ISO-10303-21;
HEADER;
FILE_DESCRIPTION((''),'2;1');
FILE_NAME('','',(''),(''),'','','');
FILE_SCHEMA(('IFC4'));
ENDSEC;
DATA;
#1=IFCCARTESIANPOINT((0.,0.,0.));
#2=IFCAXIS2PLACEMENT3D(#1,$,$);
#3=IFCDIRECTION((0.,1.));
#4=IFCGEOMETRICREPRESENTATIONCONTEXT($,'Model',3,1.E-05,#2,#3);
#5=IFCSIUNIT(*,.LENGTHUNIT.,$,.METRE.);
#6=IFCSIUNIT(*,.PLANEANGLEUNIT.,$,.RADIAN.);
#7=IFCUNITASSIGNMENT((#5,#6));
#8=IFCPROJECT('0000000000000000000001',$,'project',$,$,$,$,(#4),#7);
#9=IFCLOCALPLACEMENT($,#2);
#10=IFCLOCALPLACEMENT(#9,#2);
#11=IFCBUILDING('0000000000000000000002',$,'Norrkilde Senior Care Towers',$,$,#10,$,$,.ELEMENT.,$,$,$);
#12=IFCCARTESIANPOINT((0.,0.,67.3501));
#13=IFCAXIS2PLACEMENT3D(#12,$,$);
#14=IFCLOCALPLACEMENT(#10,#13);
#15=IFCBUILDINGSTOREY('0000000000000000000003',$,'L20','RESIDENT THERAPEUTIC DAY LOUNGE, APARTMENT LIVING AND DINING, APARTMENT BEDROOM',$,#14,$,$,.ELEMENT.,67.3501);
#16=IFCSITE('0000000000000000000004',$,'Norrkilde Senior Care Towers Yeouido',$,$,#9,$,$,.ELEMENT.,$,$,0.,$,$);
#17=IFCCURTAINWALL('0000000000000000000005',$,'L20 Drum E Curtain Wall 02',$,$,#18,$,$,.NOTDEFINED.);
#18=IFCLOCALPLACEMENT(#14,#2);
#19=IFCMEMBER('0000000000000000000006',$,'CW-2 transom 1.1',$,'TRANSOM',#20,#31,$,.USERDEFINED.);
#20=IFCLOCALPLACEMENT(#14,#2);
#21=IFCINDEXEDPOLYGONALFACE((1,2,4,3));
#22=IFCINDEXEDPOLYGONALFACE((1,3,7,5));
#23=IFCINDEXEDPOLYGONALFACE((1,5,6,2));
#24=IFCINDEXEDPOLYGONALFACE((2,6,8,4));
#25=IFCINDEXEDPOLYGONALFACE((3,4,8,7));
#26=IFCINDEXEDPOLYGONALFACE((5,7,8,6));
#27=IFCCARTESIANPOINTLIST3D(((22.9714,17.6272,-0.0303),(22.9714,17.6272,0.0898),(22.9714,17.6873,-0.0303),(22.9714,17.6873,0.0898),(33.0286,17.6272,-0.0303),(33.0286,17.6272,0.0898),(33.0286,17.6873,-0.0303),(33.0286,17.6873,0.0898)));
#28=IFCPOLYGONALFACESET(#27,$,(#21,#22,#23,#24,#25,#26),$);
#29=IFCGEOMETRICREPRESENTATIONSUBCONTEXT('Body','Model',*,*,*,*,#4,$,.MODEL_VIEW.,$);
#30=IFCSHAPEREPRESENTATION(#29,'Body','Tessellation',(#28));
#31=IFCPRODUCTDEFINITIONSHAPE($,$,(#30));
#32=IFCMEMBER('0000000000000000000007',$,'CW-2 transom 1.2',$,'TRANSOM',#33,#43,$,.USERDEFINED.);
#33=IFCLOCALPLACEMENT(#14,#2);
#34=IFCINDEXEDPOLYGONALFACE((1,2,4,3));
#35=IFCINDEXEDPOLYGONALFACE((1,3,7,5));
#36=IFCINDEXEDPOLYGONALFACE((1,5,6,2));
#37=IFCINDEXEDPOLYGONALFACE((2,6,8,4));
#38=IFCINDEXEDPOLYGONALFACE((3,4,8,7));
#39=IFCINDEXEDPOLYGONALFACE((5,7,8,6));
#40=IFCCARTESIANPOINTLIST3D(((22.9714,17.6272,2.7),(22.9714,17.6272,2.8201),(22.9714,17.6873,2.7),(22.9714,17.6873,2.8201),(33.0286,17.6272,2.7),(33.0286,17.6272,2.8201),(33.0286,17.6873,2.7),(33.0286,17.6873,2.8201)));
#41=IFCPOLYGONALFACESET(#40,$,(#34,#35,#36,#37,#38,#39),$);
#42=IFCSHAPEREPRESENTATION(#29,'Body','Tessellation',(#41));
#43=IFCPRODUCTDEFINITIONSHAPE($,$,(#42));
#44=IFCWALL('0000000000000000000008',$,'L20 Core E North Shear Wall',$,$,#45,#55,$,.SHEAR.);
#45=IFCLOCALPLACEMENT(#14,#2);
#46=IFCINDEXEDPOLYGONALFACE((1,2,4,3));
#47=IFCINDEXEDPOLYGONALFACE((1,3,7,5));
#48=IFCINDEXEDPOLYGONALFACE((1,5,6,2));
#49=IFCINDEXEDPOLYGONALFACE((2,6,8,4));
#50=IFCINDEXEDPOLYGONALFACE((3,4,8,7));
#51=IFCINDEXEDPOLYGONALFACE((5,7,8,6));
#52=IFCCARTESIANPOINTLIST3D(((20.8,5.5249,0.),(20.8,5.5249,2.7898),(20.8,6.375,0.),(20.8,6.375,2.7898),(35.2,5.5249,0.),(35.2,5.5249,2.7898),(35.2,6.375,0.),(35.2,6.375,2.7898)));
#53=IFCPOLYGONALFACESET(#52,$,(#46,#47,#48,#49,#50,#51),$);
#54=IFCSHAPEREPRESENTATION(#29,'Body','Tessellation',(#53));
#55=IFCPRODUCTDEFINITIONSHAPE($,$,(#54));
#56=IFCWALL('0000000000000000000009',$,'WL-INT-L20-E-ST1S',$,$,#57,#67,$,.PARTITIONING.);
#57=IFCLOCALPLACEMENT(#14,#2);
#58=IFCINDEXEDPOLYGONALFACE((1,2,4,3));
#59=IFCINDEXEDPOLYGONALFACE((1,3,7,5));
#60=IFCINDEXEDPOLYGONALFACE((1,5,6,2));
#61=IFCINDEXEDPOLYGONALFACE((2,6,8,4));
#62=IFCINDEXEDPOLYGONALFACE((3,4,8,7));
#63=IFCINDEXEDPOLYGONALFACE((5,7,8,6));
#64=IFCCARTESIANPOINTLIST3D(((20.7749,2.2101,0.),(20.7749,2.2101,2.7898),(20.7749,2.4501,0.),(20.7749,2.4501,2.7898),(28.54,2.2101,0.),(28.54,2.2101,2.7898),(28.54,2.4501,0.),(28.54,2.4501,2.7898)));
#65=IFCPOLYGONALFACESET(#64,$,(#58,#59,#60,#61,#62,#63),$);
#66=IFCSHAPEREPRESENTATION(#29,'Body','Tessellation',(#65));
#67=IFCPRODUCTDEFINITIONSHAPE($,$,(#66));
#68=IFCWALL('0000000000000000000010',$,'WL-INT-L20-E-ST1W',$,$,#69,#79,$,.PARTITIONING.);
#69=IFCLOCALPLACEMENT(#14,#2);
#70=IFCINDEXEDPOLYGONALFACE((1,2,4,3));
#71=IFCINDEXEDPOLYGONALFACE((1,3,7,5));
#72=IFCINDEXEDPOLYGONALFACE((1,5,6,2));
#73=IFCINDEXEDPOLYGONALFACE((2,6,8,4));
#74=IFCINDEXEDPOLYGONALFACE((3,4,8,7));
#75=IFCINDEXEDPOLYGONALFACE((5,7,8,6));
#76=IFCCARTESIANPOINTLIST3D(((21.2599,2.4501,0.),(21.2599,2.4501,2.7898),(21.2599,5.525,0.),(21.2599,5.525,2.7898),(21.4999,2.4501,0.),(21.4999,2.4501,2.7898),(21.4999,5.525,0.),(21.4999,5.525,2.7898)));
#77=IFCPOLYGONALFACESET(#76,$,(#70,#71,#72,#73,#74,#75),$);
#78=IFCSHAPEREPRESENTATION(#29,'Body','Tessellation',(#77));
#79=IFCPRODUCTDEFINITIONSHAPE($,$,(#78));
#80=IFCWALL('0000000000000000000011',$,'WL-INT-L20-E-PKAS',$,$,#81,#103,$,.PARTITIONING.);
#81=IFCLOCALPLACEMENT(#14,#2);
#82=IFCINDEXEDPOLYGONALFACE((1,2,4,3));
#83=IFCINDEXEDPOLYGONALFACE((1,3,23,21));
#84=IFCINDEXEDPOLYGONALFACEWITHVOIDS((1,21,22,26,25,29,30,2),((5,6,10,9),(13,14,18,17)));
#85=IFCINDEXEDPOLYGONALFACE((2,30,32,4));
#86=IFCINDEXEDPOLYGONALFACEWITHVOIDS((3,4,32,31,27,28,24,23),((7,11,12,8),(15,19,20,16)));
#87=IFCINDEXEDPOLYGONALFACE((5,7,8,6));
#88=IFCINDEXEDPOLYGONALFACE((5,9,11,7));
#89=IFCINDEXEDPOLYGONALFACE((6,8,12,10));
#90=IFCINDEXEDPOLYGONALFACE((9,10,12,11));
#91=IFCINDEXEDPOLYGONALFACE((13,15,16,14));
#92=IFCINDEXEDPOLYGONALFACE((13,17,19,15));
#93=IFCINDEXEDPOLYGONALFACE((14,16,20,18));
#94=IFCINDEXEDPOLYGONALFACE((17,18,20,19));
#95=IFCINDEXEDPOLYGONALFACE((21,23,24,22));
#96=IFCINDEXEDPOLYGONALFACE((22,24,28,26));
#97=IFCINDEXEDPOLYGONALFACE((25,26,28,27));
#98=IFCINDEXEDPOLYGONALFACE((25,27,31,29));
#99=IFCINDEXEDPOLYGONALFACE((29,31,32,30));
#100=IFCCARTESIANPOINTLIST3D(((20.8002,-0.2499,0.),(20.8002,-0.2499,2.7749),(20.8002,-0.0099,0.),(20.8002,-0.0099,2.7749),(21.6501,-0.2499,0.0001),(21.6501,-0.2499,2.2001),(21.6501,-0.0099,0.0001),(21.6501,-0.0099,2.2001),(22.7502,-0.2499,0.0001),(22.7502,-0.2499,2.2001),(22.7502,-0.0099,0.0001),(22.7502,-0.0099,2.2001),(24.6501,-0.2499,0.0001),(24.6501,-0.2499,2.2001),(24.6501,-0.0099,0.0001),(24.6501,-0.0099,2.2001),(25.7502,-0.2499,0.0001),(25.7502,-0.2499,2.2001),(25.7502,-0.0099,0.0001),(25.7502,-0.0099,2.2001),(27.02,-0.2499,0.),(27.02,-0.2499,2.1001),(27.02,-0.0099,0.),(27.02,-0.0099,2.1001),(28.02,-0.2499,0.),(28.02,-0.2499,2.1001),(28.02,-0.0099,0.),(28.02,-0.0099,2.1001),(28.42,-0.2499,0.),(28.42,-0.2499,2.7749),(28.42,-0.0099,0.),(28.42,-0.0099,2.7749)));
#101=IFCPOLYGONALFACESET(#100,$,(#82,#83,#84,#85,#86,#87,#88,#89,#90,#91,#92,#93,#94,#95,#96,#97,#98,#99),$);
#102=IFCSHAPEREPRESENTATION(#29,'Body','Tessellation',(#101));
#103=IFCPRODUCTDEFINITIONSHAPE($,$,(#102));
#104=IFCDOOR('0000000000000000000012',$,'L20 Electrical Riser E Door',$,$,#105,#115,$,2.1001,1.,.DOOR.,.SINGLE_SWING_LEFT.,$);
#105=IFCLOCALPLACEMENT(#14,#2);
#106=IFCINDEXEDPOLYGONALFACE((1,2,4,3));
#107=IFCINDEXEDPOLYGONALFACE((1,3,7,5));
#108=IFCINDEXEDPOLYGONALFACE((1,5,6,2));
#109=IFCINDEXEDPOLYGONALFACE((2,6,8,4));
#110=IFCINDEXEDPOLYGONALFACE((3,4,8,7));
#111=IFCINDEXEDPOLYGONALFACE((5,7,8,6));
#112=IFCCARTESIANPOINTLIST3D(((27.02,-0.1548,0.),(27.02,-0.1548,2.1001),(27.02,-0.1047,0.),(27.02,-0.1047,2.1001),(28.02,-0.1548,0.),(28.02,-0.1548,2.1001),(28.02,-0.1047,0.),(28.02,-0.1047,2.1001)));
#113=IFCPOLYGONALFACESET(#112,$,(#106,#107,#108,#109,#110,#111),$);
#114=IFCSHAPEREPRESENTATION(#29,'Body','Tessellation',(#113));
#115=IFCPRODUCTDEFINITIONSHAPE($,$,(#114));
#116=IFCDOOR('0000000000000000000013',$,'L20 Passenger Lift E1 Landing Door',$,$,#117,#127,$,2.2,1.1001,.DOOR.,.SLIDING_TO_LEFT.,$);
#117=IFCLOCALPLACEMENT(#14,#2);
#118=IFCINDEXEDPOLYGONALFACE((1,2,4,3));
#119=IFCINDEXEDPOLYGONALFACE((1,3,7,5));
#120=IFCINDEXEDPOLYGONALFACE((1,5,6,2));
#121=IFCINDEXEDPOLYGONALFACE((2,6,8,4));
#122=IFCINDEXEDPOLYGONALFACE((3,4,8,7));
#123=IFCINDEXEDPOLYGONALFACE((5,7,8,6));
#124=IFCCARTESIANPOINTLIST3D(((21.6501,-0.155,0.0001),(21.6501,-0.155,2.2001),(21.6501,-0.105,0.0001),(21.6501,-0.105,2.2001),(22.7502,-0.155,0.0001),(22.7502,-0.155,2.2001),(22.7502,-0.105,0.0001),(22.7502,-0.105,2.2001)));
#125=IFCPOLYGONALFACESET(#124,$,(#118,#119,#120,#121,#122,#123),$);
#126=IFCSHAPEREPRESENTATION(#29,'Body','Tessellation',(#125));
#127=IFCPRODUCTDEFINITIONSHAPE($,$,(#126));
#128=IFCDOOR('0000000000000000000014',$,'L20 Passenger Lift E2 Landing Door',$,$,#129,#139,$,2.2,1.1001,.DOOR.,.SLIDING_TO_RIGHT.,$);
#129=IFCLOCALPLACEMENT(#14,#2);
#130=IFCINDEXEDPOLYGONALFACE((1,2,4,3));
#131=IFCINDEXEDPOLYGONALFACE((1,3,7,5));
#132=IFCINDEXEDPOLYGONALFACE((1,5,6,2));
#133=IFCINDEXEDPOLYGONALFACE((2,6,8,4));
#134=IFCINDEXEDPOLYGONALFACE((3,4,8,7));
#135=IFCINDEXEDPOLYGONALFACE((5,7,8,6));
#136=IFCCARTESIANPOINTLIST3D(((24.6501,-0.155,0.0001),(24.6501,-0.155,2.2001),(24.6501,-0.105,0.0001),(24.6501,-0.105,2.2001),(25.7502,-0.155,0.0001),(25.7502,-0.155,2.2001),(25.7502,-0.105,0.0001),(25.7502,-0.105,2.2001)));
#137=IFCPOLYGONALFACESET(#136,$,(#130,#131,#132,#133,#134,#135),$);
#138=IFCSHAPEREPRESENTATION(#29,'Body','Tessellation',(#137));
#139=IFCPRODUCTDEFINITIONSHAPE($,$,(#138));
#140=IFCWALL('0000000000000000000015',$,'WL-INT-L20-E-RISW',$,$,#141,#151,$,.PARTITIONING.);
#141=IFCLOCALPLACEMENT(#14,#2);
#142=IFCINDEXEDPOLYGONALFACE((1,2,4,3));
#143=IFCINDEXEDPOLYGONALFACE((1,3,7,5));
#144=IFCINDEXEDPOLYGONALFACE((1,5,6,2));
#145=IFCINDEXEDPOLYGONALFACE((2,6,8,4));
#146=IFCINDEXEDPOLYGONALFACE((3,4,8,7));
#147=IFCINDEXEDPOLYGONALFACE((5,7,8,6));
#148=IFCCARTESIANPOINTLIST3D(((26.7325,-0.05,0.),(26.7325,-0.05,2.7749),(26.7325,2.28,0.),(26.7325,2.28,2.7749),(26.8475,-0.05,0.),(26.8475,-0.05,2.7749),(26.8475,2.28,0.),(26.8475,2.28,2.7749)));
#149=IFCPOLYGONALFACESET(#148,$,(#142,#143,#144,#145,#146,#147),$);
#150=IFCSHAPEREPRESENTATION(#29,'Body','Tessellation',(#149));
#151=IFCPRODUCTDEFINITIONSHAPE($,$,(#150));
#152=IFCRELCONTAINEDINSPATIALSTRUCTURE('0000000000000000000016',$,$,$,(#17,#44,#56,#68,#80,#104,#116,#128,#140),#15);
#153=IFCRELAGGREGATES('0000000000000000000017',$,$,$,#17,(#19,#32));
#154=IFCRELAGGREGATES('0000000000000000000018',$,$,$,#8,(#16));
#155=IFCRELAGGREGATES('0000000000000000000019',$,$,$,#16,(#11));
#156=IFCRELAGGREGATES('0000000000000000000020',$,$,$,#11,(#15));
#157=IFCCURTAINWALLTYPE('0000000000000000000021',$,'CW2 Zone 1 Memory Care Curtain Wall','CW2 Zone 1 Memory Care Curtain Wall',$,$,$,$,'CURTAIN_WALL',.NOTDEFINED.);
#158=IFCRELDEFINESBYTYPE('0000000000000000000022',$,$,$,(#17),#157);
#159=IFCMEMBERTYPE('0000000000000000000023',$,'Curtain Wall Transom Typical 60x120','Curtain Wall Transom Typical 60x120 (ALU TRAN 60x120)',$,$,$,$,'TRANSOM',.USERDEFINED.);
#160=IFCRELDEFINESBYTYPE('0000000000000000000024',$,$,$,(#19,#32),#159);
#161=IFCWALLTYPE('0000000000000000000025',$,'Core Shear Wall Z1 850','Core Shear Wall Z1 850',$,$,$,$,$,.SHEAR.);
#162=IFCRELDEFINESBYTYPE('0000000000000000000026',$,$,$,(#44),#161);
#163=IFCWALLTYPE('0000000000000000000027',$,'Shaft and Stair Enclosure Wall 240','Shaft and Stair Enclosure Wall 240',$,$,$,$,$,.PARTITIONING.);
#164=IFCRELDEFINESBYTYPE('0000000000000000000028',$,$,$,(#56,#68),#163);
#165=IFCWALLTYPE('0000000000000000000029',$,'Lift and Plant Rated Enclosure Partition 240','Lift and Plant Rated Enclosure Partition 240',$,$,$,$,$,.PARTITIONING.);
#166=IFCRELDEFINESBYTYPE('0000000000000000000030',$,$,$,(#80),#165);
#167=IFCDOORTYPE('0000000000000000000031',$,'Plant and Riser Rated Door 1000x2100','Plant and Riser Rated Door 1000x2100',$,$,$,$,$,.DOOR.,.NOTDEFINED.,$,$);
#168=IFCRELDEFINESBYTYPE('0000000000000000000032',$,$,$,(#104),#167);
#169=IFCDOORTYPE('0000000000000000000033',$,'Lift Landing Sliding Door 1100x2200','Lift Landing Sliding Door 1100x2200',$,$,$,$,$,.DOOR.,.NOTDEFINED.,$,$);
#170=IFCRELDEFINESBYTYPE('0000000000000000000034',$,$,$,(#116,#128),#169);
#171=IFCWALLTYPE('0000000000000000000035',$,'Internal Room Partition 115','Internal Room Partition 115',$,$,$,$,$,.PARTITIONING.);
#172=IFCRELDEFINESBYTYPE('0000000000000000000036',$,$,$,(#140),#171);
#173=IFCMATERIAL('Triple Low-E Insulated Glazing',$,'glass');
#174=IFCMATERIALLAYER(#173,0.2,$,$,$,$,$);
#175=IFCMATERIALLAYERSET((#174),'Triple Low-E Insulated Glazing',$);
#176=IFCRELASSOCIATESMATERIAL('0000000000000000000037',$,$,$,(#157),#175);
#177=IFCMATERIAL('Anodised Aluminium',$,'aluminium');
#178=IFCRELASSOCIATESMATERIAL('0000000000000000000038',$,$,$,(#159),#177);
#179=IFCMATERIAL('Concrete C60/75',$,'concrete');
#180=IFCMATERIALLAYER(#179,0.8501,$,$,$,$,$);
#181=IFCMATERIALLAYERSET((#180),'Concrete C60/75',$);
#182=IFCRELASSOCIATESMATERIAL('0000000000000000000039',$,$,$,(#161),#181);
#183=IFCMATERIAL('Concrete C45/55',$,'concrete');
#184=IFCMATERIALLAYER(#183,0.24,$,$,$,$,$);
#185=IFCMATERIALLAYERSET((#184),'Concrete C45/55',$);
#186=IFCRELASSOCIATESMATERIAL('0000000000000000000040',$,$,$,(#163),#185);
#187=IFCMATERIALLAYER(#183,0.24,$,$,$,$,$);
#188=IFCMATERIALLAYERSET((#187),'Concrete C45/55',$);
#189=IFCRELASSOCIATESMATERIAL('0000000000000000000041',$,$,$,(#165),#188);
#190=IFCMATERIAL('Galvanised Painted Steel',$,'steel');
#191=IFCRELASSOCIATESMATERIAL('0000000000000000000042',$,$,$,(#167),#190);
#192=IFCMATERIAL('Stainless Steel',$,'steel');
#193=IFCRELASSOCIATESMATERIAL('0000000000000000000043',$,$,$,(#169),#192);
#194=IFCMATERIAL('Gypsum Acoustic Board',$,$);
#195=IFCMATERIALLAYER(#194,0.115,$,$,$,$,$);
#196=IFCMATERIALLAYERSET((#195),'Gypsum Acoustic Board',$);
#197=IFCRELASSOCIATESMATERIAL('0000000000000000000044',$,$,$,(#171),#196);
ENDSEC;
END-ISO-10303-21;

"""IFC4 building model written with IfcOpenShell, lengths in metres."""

from ifc_helpers import new_model, si_unit, direction, frame, frame_2d, origin, origin_2d, place, context, subcontext, project, spatial, rectangle, extrude, source, transform, mapped, material, layer, layer_set, material_profile, profile_set, type_object, type_shapes, element, fill, aggregate, save


model = new_model("IFC4")

# Units and contexts
model_context = context("Model", 3, precision=1e-05, world=origin(), true_north=direction((0.0, 1.0)))
body_context = subcontext(model_context, "Body", "Model", "MODEL_VIEW")
ifc_project = project(units=[si_unit("LENGTHUNIT", "METRE"), si_unit("PLANEANGLEUNIT", "RADIAN")], contexts=[model_context])

# Site, building, storey
site_placement = place(None, origin())
site = spatial("IfcSite", under=ifc_project, at=site_placement, Name="Norrkilde Senior Care Towers Yeouido", CompositionType="ELEMENT", RefElevation=0.0)
building_placement = place(site_placement, origin())
building = spatial("IfcBuilding", under=site, at=building_placement, Name="Norrkilde Senior Care Towers", CompositionType="ELEMENT")
storey_placement = place(building_placement, frame((0.0, 0.0, 67.3501)))
storey = spatial("IfcBuildingStorey", under=building, at=storey_placement, Name="L20", Description="RESIDENT THERAPEUTIC DAY LOUNGE, APARTMENT LIVING AND DINING, APARTMENT BEDROOM", CompositionType="ELEMENT", Elevation=67.3501)

# Shared definitions
ifc_material_1 = material(Name="Concrete C60/75", Category="concrete")

# Curtain wall
ifc_material_2 = material(Name="Triple Low-E Insulated Glazing", Category="glass")
ifc_layer_1 = layer(ifc_material_2, 0.2)
ifc_layer_set_1 = layer_set([ifc_layer_1], Name="Triple Low-E Insulated Glazing")
curtain_wall_type = type_object("IfcCurtainWallType", Name="CW2 Zone 1 Memory Care Curtain Wall", Description="CW2 Zone 1 Memory Care Curtain Wall", ElementType="CURTAIN_WALL", PredefinedType="NOTDEFINED", material=ifc_layer_set_1)
curtain_wall_1_placement = place(storey_placement, origin())
curtain_wall_1 = element("IfcCurtainWall", 1, at=curtain_wall_1_placement, inside=storey, type_object=curtain_wall_type, Name="L20 Drum E Curtain Wall 02", PredefinedType="NOTDEFINED")
ifc_material_3 = material(Name="Anodised Aluminium", Category="aluminium")

# Members
ifc_material_profile_1 = material_profile(ifc_material_3, rectangle(XDim=0.0601, YDim=0.1201, at=origin_2d()), Name="ALU TRAN 60x120")
ifc_profile_set_1 = profile_set([ifc_material_profile_1], Name="Anodised Aluminium")
member_type_1 = type_object("IfcMemberType", Name="Curtain Wall Transom Typical 60x120", Description="Curtain Wall Transom Typical 60x120 (ALU TRAN 60x120)", ElementType="TRANSOM", PredefinedType="USERDEFINED", material=ifc_profile_set_1)
shared_shape_1 = source(origin(), body_context, "Body", "SweptSolid", [
    extrude(rectangle(XDim=0.0601, YDim=0.1201, at=origin_2d()), origin(), (0.0, 0.0, 1.0), 10.0571),
])
type_shapes(member_type_1, [shared_shape_1])
member_1_placement = place(storey_placement, frame((22.9714, 17.6572, 0.0298), z_axis=(1.0, 0.0, 0.0), x_axis=(0.0, 1.0, 0.0)))
member_1 = element("IfcMember", 2, at=member_1_placement, type_object=member_type_1, Name="CW-2 transom 1.1", ObjectType="TRANSOM", PredefinedType="USERDEFINED", context=body_context, shape_type="MappedRepresentation", body=[
    mapped(shared_shape_1, transform((0.0, 0.0, 0.0), x_axis=(1.0, 0.0, 0.0), y_axis=(0.0, 1.0, 0.0), z_axis=(0.0, 0.0, 1.0), scale=1.0)),
])
member_2_placement = place(storey_placement, frame((22.9714, 17.6572, 2.76), z_axis=(1.0, 0.0, 0.0), x_axis=(0.0, 1.0, 0.0)))
member_2 = element("IfcMember", 3, at=member_2_placement, type_object=member_type_1, Name="CW-2 transom 1.2", ObjectType="TRANSOM", PredefinedType="USERDEFINED", context=body_context, shape_type="MappedRepresentation", body=[
    mapped(shared_shape_1, transform((0.0, 0.0, 0.0), x_axis=(1.0, 0.0, 0.0), y_axis=(0.0, 1.0, 0.0), z_axis=(0.0, 0.0, 1.0), scale=1.0)),
])
aggregate(curtain_wall_1, [member_1, member_2])

# Walls
ifc_layer_2 = layer(ifc_material_1, 0.8501)
ifc_layer_set_2 = layer_set([ifc_layer_2], Name="Concrete C60/75")
wall_type_1 = type_object("IfcWallType", Name="Core Shear Wall Z1 850", Description="Core Shear Wall Z1 850", PredefinedType="SHEAR", material=ifc_layer_set_2)
shared_shape_2 = source(origin(), body_context, "Body", "SweptSolid", [
    extrude(rectangle(XDim=14.3999, YDim=0.8501, at=frame_2d((7.2, 0.0))), origin(), (0.0, 0.0, 1.0), 2.7898),
])
type_shapes(wall_type_1, [shared_shape_2])
wall_1_placement = place(storey_placement, frame((20.8, 5.95, 0.0), z_axis=(0.0, 0.0, 1.0), x_axis=(1.0, 0.0, 0.0)))
element("IfcWall", 4, at=wall_1_placement, inside=storey, type_object=wall_type_1, Name="L20 Core E North Shear Wall", PredefinedType="SHEAR", context=body_context, shape_type="MappedRepresentation", body=[
    mapped(shared_shape_2, transform((0.0, 0.0, 0.0), x_axis=(1.0, 0.0, 0.0), y_axis=(0.0, 1.0, 0.0), z_axis=(0.0, 0.0, 1.0), scale=1.0)),
])
ifc_material_4 = material(Name="Concrete C45/55", Category="concrete")
ifc_layer_3 = layer(ifc_material_4, 0.24)
ifc_layer_set_3 = layer_set([ifc_layer_3], Name="Concrete C45/55")
wall_type_2 = type_object("IfcWallType", Name="Shaft and Stair Enclosure Wall 240", Description="Shaft and Stair Enclosure Wall 240", PredefinedType="PARTITIONING", material=ifc_layer_set_3)
shared_shape_3 = source(origin(), body_context, "Body", "SweptSolid", [
    extrude(rectangle(XDim=7.7651, YDim=0.24, at=frame_2d((3.8826, 0.0))), origin(), (0.0, 0.0, 1.0), 2.7898),
])
wall_2_placement = place(storey_placement, frame((20.7749, 2.3301, 0.0), z_axis=(0.0, 0.0, 1.0), x_axis=(1.0, 0.0, 0.0)))
element("IfcWall", 5, at=wall_2_placement, inside=storey, type_object=wall_type_2, Name="WL-INT-L20-E-ST1S", PredefinedType="PARTITIONING", context=body_context, shape_type="MappedRepresentation", body=[
    mapped(shared_shape_3, transform((0.0, 0.0, 0.0), x_axis=(1.0, 0.0, 0.0), y_axis=(0.0, 1.0, 0.0), z_axis=(0.0, 0.0, 1.0), scale=1.0)),
])
shared_shape_4 = source(origin(), body_context, "Body", "SweptSolid", [
    extrude(rectangle(XDim=3.075, YDim=0.24, at=frame_2d((1.5376, 0.0))), origin(), (0.0, 0.0, 1.0), 2.7898),
])
type_shapes(wall_type_2, [shared_shape_3, shared_shape_4])
wall_3_placement = place(storey_placement, frame((21.3799, 2.45, 0.0), z_axis=(0.0, 0.0, 1.0), x_axis=(0.0, 1.0, 0.0)))
element("IfcWall", 6, at=wall_3_placement, inside=storey, type_object=wall_type_2, Name="WL-INT-L20-E-ST1W", PredefinedType="PARTITIONING", context=body_context, shape_type="MappedRepresentation", body=[
    mapped(shared_shape_4, transform((0.0, 0.0, 0.0), x_axis=(1.0, 0.0, 0.0), y_axis=(0.0, 1.0, 0.0), z_axis=(0.0, 0.0, 1.0), scale=1.0)),
])

# Wall, openings, doors
ifc_layer_4 = layer(ifc_material_4, 0.24)
ifc_layer_set_4 = layer_set([ifc_layer_4], Name="Concrete C45/55")
wall_type_3 = type_object("IfcWallType", Name="Lift and Plant Rated Enclosure Partition 240", Description="Lift and Plant Rated Enclosure Partition 240", PredefinedType="PARTITIONING", material=ifc_layer_set_4)
shared_shape_5 = source(origin(), body_context, "Body", "SweptSolid", [
    extrude(rectangle(XDim=7.6199, YDim=0.24, at=frame_2d((3.8101, 0.0))), origin(), (0.0, 0.0, 1.0), 2.7749),
])
type_shapes(wall_type_3, [shared_shape_5])
wall_4_placement = place(storey_placement, frame((20.8, -0.1299, 0.0), z_axis=(0.0, 0.0, 1.0), x_axis=(1.0, 0.0, 0.0)))
wall_4 = element("IfcWall", 7, at=wall_4_placement, inside=storey, type_object=wall_type_3, Name="WL-INT-L20-E-PKAS", PredefinedType="PARTITIONING", context=body_context, shape_type="MappedRepresentation", body=[
    mapped(shared_shape_5, transform((0.0, 0.0, 0.0), x_axis=(1.0, 0.0, 0.0), y_axis=(0.0, 1.0, 0.0), z_axis=(0.0, 0.0, 1.0), scale=1.0)),
])
opening_1_placement = place(wall_4_placement, frame((6.22, 0.0, 0.0)))
opening_1 = element("IfcOpeningElement", 8, at=opening_1_placement, cuts=wall_4, PredefinedType="OPENING", context=body_context, shape_type="SweptSolid", body=[
    extrude(rectangle(XDim=1.0, YDim=2.1001, at=frame_2d((0.5, 1.05))), frame((0.0, 0.1299, 0.0), z_axis=(0.0, -1.0, 0.0), x_axis=(1.0, 0.0, 0.0)), (0.0, 0.0, 1.0), 0.26),
])
opening_2_placement = place(wall_4_placement, frame((0.8501, 0.0, 0.0)))
opening_2 = element("IfcOpeningElement", 9, at=opening_2_placement, cuts=wall_4, PredefinedType="OPENING", context=body_context, shape_type="SweptSolid", body=[
    extrude(rectangle(XDim=1.1001, YDim=2.2, at=frame_2d((0.55, 1.1001))), frame((0.0, 0.1299, 0.0), z_axis=(0.0, -1.0, 0.0), x_axis=(1.0, 0.0, 0.0)), (0.0, 0.0, 1.0), 0.26),
])
opening_3_placement = place(wall_4_placement, frame((3.8501, 0.0, 0.0)))
opening_3 = element("IfcOpeningElement", 10, at=opening_3_placement, cuts=wall_4, PredefinedType="OPENING", context=body_context, shape_type="SweptSolid", body=[
    extrude(rectangle(XDim=1.1001, YDim=2.2, at=frame_2d((0.55, 1.1001))), frame((0.0, 0.1299, 0.0), z_axis=(0.0, -1.0, 0.0), x_axis=(1.0, 0.0, 0.0)), (0.0, 0.0, 1.0), 0.26),
])
ifc_material_5 = material(Name="Galvanised Painted Steel", Category="steel")
door_type_1 = type_object("IfcDoorType", Name="Plant and Riser Rated Door 1000x2100", Description="Plant and Riser Rated Door 1000x2100", OperationType="NOTDEFINED", PredefinedType="DOOR", material=ifc_material_5)
shared_shape_6 = source(origin(), body_context, "Body", "SweptSolid", [
    extrude(rectangle(XDim=1.0, YDim=2.1001, at=frame_2d((0.5, 1.05))), frame((0.0, 0.0249, 0.0), z_axis=(0.0, -1.0, 0.0), x_axis=(1.0, 0.0, 0.0)), (0.0, 0.0, 1.0), 0.05),
])
type_shapes(door_type_1, [shared_shape_6])
door_1_placement = place(opening_1_placement, frame((1.0, 0.0, 0.0), z_axis=(0.0, 0.0, 1.0), x_axis=(-1.0, 0.0, 0.0)))
door_1 = element("IfcDoor", 11, at=door_1_placement, inside=storey, type_object=door_type_1, Name="L20 Electrical Riser E Door", OperationType="SINGLE_SWING_LEFT", OverallHeight=2.1001, OverallWidth=1.0, PredefinedType="DOOR", context=body_context, shape_type="MappedRepresentation", body=[
    mapped(shared_shape_6, transform((0.0, 0.0, 0.0), x_axis=(1.0, 0.0, 0.0), y_axis=(0.0, 1.0, 0.0), z_axis=(0.0, 0.0, 1.0), scale=1.0)),
])
fill(opening_1, door_1)
ifc_material_6 = material(Name="Stainless Steel", Category="steel")
door_type_2 = type_object("IfcDoorType", Name="Lift Landing Sliding Door 1100x2200", Description="Lift Landing Sliding Door 1100x2200", OperationType="NOTDEFINED", PredefinedType="DOOR", material=ifc_material_6)
shared_shape_7 = source(origin(), body_context, "Body", "SweptSolid", [
    extrude(rectangle(XDim=1.1001, YDim=2.2, at=frame_2d((0.55, 1.1001))), frame((0.0, 0.0249, 0.0), z_axis=(0.0, -1.0, 0.0), x_axis=(1.0, 0.0, 0.0)), (0.0, 0.0, 1.0), 0.05),
])
type_shapes(door_type_2, [shared_shape_7])
door_2_placement = place(opening_2_placement, origin())
door_2 = element("IfcDoor", 12, at=door_2_placement, inside=storey, type_object=door_type_2, Name="L20 Passenger Lift E1 Landing Door", OperationType="SLIDING_TO_LEFT", OverallHeight=2.2, OverallWidth=1.1001, PredefinedType="DOOR", context=body_context, shape_type="MappedRepresentation", body=[
    mapped(shared_shape_7, transform((0.0, 0.0, 0.0), x_axis=(1.0, 0.0, 0.0), y_axis=(0.0, 1.0, 0.0), z_axis=(0.0, 0.0, 1.0), scale=1.0)),
])
fill(opening_2, door_2)
door_3_placement = place(opening_3_placement, origin())
door_3 = element("IfcDoor", 13, at=door_3_placement, inside=storey, type_object=door_type_2, Name="L20 Passenger Lift E2 Landing Door", OperationType="SLIDING_TO_RIGHT", OverallHeight=2.2, OverallWidth=1.1001, PredefinedType="DOOR", context=body_context, shape_type="MappedRepresentation", body=[
    mapped(shared_shape_7, transform((0.0, 0.0, 0.0), x_axis=(1.0, 0.0, 0.0), y_axis=(0.0, 1.0, 0.0), z_axis=(0.0, 0.0, 1.0), scale=1.0)),
])
fill(opening_3, door_3)

# Wall
ifc_material_7 = material(Name="Gypsum Acoustic Board")
ifc_layer_5 = layer(ifc_material_7, 0.115)
ifc_layer_set_5 = layer_set([ifc_layer_5], Name="Gypsum Acoustic Board")
wall_type_4 = type_object("IfcWallType", Name="Internal Room Partition 115", Description="Internal Room Partition 115", PredefinedType="PARTITIONING", material=ifc_layer_set_5)
shared_shape_8 = source(origin(), body_context, "Body", "SweptSolid", [
    extrude(rectangle(XDim=2.3301, YDim=0.115, at=frame_2d((1.165, 0.0))), origin(), (0.0, 0.0, 1.0), 2.7749),
])
wall_5_placement = place(storey_placement, frame((26.79, -0.05, 0.0), z_axis=(0.0, 0.0, 1.0), x_axis=(0.0, 1.0, 0.0)))
element("IfcWall", 14, at=wall_5_placement, inside=storey, type_object=wall_type_4, Name="WL-INT-L20-E-RISW", PredefinedType="PARTITIONING", context=body_context, shape_type="MappedRepresentation", body=[
    mapped(shared_shape_8, transform((0.0, 0.0, 0.0), x_axis=(1.0, 0.0, 0.0), y_axis=(0.0, 1.0, 0.0), z_axis=(0.0, 0.0, 1.0), scale=1.0)),
])

save(model, "model.ifc")
